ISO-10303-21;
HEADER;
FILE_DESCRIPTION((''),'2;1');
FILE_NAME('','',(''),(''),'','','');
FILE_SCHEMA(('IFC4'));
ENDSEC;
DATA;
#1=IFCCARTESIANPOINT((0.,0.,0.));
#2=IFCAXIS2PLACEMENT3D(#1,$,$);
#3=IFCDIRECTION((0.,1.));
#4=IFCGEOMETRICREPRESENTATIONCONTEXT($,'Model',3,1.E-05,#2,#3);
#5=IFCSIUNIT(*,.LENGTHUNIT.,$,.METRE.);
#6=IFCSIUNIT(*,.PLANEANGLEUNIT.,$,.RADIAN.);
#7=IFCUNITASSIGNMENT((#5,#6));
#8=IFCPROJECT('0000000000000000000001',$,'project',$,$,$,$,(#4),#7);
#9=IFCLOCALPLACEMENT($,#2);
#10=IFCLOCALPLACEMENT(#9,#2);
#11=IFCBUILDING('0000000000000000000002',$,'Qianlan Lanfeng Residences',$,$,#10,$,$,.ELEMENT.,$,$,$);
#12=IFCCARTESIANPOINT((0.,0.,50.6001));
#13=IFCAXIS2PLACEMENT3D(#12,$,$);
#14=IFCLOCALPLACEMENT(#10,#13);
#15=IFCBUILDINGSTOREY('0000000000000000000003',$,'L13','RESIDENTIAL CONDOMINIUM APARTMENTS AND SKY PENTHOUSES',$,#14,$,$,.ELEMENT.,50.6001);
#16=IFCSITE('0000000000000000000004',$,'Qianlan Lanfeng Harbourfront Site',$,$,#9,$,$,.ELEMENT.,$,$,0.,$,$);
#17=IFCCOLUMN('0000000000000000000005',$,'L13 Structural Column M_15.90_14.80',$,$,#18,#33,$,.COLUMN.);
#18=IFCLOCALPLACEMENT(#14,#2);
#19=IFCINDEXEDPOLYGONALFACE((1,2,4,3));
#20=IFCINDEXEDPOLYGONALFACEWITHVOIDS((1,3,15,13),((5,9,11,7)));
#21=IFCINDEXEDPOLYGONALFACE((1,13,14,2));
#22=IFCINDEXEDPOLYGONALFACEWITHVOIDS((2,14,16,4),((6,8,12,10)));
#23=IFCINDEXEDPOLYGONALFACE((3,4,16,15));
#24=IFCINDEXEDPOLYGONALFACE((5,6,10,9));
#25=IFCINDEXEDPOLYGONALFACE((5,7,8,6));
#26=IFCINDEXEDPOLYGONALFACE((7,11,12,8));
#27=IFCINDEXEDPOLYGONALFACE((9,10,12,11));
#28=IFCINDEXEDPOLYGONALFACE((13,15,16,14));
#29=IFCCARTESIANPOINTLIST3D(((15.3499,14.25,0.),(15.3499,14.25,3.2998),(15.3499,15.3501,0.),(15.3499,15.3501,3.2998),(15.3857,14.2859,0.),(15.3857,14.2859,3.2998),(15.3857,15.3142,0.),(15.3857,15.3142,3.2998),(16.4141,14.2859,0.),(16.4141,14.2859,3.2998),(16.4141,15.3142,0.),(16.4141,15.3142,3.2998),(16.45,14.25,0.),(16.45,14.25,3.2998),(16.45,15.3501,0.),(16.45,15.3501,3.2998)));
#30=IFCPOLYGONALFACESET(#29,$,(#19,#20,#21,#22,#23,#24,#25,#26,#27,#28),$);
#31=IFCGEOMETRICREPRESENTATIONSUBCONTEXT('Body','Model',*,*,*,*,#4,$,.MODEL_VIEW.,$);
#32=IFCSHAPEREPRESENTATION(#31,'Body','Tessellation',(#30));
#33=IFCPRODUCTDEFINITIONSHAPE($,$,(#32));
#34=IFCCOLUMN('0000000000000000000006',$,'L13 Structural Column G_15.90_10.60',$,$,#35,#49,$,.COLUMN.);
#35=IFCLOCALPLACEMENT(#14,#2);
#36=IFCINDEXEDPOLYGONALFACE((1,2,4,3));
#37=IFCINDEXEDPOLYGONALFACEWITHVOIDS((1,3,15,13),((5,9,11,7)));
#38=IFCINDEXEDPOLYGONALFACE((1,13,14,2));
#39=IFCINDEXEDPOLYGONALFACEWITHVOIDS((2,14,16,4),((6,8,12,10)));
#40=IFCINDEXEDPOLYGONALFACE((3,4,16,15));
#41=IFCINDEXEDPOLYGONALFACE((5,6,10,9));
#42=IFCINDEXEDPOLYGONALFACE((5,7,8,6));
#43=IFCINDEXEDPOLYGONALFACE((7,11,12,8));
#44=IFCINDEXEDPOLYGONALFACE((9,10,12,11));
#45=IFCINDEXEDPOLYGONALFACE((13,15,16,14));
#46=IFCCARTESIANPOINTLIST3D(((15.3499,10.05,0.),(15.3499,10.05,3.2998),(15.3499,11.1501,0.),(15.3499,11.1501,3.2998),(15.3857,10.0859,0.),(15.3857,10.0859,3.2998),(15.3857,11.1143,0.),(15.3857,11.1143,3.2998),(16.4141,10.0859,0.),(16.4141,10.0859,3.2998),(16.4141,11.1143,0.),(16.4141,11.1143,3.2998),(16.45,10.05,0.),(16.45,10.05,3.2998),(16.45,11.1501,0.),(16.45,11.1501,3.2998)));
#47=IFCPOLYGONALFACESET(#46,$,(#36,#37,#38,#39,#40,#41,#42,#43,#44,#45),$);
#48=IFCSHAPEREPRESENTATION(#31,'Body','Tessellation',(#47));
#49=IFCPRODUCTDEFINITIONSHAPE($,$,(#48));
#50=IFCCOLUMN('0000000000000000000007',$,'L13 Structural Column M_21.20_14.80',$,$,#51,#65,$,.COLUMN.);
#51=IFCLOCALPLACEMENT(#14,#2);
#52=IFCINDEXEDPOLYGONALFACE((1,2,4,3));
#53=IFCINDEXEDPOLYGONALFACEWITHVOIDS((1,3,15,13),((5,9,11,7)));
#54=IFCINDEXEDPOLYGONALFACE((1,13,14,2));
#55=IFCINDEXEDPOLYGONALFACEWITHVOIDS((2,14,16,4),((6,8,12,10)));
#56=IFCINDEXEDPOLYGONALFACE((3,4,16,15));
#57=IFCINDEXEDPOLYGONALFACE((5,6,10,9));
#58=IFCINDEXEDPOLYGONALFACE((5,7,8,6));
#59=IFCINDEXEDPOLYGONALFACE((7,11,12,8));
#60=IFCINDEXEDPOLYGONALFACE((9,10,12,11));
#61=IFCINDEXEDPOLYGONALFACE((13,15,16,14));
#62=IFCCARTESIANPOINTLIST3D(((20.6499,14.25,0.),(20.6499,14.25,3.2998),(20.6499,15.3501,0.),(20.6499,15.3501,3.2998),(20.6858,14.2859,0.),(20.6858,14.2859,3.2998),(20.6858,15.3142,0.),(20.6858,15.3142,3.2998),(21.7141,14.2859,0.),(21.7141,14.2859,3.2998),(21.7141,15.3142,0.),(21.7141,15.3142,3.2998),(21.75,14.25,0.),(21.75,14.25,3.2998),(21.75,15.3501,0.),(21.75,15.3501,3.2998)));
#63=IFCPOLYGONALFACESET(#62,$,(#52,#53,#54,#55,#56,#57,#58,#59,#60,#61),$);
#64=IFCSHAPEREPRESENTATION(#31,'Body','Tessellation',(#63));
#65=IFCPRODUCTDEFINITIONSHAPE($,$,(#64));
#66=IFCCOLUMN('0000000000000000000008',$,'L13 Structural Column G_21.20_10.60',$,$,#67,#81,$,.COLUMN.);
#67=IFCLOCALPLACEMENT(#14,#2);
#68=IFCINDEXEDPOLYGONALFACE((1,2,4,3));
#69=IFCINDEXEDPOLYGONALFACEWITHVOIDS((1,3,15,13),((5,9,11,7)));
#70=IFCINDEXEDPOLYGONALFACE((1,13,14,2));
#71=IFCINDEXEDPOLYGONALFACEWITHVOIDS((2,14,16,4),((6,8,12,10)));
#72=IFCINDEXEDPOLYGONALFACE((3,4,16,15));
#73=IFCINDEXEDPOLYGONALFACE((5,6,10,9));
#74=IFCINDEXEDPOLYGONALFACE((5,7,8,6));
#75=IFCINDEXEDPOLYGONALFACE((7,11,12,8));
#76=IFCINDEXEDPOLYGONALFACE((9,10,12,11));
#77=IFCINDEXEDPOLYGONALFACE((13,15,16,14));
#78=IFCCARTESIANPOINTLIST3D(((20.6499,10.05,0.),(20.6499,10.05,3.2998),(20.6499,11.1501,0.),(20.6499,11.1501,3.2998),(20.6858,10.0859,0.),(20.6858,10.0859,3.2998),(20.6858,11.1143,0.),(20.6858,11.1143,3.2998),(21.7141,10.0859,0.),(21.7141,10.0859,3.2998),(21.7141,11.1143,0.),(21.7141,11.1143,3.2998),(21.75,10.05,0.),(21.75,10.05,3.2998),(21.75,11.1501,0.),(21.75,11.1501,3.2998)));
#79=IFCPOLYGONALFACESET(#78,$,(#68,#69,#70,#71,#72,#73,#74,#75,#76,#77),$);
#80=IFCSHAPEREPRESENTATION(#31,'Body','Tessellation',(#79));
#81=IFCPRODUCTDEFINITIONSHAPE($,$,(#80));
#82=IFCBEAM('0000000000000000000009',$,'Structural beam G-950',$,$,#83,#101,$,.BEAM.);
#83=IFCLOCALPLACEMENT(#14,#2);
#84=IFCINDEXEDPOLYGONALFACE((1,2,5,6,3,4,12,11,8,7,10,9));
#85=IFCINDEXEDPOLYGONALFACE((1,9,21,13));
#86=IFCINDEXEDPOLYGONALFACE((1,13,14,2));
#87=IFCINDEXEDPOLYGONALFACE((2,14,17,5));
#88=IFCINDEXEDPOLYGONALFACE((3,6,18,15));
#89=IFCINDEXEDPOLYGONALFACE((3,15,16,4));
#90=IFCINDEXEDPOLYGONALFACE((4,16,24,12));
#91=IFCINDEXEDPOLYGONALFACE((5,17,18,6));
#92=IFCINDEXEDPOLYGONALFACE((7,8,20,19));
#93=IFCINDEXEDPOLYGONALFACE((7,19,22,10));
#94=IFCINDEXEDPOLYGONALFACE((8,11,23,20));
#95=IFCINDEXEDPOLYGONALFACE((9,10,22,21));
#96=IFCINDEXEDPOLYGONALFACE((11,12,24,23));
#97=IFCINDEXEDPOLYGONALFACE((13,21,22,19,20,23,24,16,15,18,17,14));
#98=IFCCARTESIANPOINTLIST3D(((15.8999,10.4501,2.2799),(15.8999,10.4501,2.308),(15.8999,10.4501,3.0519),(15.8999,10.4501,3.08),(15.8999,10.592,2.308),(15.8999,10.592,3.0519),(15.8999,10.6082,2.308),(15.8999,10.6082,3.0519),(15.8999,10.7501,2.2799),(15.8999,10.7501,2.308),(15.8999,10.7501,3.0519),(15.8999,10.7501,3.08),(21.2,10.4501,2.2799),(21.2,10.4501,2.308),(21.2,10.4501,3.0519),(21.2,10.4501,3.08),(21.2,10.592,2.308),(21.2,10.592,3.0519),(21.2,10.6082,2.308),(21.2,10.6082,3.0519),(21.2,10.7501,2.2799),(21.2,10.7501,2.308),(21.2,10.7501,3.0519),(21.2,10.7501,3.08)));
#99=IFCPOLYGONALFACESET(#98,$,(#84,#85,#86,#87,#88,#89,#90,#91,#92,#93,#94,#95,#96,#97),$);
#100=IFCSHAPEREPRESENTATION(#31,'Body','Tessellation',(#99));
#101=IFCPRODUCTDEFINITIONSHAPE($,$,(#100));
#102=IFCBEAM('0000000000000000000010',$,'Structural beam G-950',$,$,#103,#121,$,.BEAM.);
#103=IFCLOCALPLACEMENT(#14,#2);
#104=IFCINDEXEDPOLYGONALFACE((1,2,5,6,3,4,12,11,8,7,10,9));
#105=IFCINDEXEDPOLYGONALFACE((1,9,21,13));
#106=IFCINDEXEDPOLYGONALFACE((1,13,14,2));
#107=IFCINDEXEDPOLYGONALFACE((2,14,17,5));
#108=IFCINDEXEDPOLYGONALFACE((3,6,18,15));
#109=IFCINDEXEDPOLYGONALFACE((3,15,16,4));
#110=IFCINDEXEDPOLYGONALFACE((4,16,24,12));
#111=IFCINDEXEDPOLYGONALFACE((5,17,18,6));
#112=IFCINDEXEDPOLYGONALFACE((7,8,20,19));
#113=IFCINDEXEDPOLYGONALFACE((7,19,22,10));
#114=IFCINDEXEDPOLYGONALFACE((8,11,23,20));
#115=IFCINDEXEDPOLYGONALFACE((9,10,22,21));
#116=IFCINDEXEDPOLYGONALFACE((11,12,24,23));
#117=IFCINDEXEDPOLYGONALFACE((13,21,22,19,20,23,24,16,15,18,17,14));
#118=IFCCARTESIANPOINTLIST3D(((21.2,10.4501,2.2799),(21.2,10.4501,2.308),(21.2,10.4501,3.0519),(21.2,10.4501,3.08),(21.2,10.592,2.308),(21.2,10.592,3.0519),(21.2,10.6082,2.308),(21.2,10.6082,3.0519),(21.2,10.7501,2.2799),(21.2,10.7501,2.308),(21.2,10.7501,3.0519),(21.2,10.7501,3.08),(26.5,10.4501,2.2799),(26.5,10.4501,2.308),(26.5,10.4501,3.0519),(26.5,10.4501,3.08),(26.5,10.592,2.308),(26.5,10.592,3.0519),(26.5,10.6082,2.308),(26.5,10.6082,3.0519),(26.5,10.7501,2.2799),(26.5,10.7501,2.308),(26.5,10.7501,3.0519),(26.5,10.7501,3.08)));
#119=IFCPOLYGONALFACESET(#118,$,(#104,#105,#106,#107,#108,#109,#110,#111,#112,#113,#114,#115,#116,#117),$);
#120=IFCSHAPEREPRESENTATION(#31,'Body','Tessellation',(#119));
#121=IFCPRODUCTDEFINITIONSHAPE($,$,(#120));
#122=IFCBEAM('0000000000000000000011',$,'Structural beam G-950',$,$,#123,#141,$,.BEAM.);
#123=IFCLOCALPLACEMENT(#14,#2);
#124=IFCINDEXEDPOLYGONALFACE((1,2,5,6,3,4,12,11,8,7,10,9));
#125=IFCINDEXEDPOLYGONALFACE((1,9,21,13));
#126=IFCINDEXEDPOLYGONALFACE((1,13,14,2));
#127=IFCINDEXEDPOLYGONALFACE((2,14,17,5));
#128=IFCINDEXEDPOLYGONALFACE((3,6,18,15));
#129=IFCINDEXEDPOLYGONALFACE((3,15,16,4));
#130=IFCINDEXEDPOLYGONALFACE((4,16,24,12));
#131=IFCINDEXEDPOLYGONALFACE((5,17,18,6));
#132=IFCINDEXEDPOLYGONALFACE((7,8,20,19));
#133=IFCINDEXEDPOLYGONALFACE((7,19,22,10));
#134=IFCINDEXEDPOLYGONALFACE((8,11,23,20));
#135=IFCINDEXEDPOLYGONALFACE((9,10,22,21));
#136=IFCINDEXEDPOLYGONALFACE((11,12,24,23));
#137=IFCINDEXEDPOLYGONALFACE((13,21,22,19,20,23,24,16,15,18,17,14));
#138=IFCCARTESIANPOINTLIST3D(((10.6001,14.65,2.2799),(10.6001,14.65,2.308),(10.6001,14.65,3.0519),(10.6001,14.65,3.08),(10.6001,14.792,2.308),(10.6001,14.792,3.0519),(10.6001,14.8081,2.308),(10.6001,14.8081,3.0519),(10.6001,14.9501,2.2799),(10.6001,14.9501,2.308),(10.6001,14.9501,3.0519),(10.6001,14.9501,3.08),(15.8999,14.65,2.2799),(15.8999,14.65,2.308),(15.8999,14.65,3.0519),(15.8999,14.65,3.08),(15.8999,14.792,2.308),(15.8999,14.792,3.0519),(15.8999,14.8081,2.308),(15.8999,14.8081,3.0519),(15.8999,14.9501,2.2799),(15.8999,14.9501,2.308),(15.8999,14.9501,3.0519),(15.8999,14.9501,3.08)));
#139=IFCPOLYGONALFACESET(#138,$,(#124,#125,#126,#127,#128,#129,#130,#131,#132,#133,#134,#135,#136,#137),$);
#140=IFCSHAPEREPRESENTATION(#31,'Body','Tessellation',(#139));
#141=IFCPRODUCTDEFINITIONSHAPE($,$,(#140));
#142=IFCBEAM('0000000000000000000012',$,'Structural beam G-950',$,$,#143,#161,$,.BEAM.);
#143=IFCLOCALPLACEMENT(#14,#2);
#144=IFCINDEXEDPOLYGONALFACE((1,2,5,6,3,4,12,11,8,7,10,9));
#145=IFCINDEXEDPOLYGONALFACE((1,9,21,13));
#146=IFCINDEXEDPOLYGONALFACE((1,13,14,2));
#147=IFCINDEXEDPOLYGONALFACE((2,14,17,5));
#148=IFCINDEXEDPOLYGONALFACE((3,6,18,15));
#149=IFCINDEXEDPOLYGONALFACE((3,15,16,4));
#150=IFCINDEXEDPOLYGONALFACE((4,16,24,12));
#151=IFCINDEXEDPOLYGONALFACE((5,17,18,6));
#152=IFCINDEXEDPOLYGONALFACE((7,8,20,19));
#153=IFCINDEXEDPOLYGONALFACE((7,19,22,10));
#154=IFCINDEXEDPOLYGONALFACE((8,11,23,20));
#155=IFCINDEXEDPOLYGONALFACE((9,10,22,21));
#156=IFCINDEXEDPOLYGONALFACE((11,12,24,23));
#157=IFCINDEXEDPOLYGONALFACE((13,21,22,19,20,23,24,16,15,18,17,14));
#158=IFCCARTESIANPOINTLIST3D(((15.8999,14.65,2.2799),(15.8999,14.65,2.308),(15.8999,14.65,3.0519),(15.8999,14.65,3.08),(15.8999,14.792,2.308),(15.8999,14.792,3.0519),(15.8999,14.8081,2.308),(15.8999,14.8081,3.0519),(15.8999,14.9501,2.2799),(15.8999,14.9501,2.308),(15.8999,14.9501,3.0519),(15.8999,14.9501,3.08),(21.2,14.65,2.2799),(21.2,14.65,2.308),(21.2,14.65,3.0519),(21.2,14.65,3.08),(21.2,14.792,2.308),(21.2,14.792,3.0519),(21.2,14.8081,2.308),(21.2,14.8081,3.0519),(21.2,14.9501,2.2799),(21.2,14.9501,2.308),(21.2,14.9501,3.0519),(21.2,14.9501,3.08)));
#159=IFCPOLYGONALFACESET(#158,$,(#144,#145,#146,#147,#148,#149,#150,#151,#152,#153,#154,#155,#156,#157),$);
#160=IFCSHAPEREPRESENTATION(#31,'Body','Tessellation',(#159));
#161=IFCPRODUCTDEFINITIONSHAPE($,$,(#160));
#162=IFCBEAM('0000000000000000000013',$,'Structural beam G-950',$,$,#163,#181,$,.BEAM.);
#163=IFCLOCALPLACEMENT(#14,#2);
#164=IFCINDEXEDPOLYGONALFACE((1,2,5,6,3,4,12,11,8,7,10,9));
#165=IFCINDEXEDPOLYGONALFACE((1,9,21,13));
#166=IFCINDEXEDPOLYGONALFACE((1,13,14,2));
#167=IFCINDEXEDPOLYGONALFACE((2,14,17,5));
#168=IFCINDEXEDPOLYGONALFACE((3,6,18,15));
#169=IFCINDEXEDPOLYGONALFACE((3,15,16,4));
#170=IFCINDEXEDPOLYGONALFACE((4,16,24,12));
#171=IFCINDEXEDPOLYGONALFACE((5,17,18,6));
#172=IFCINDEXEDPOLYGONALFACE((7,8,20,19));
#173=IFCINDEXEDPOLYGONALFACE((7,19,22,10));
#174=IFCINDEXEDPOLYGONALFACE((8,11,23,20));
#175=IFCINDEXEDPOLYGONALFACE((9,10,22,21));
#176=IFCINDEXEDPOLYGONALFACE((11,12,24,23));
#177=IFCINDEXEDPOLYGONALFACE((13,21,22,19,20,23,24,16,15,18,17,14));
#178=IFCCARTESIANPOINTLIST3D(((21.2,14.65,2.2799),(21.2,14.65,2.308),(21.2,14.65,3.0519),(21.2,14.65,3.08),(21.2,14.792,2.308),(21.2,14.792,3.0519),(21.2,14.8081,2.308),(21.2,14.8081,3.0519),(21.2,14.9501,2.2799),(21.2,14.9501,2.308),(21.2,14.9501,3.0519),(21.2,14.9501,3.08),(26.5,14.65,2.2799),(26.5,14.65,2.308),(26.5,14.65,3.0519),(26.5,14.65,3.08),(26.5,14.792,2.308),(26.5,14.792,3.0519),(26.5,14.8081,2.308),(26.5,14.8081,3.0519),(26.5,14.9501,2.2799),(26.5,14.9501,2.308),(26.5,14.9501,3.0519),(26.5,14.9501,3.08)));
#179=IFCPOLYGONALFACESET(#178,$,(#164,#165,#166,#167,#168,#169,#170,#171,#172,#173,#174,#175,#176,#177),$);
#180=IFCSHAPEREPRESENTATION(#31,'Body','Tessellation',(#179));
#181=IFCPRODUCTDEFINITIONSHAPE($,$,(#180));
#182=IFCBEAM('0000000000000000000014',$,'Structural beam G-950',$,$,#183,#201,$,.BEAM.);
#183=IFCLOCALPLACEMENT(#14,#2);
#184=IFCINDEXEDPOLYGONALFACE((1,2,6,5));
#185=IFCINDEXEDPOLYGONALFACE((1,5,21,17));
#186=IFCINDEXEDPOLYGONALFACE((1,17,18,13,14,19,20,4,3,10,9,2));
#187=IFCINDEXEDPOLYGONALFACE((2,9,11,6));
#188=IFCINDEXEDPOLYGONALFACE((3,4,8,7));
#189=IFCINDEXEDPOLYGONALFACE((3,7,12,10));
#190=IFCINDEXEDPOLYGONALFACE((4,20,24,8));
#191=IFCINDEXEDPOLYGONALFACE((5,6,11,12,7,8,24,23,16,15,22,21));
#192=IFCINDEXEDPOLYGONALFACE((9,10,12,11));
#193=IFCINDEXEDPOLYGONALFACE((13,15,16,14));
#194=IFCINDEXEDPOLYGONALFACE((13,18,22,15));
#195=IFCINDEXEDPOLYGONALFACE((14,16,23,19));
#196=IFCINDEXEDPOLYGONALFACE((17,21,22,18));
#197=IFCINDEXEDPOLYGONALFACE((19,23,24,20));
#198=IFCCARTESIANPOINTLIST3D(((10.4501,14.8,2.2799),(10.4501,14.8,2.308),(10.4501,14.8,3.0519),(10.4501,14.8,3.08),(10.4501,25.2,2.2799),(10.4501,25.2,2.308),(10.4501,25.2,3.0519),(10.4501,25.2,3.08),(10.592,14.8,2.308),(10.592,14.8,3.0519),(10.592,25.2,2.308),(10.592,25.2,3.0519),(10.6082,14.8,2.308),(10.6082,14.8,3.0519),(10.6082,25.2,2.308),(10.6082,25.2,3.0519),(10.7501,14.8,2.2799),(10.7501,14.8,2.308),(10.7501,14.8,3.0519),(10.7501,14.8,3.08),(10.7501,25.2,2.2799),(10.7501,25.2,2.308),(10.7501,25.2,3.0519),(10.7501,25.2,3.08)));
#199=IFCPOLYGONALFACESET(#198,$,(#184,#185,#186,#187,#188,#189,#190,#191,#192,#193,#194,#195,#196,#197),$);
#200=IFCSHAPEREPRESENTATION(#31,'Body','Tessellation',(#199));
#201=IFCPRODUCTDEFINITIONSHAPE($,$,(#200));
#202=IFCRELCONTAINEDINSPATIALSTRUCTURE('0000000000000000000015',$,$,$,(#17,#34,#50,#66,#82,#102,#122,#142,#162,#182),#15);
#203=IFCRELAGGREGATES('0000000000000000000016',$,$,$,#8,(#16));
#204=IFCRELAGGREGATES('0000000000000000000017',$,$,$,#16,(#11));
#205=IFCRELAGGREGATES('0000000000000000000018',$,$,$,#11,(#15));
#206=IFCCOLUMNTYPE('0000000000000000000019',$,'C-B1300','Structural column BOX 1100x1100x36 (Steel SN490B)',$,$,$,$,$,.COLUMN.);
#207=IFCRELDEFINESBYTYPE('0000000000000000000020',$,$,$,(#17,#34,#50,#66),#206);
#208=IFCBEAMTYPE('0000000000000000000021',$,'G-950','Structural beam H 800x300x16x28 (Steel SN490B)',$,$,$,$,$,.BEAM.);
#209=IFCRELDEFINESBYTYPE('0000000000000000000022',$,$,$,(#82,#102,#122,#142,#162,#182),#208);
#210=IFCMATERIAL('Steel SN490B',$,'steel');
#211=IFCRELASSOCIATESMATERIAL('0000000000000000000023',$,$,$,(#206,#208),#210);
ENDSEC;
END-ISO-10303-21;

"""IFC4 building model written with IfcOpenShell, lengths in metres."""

from ifc_helpers import new_model, si_unit, direction, frame, origin, origin_2d, place, context, subcontext, project, spatial, hollow_rectangle, i_section, extrude, material, material_profile, profile_set, type_object, element, save


model = new_model("IFC4")

# Units and contexts
model_context = context("Model", 3, precision=1e-05, world=origin(), true_north=direction((0.0, 1.0)))
body_context = subcontext(model_context, "Body", "Model", "MODEL_VIEW")
ifc_project = project(units=[si_unit("LENGTHUNIT", "METRE"), si_unit("PLANEANGLEUNIT", "RADIAN")], contexts=[model_context])

# Site, building, storey
site_placement = place(None, origin())
site = spatial("IfcSite", under=ifc_project, at=site_placement, Name="Qianlan Lanfeng Harbourfront Site", CompositionType="ELEMENT", RefElevation=0.0)
building_placement = place(site_placement, origin())
building = spatial("IfcBuilding", under=site, at=building_placement, Name="Qianlan Lanfeng Residences", CompositionType="ELEMENT")
storey_placement = place(building_placement, frame((0.0, 0.0, 50.6001)))
storey = spatial("IfcBuildingStorey", under=building, at=storey_placement, Name="L13", Description="RESIDENTIAL CONDOMINIUM APARTMENTS AND SKY PENTHOUSES", CompositionType="ELEMENT", Elevation=50.6001)

# Columns
ifc_material_1 = material(Name="Steel SN490B", Category="steel")
ifc_material_profile_1 = material_profile(ifc_material_1, hollow_rectangle(XDim=1.1001, YDim=1.1001, WallThickness=0.0359, at=origin_2d()), Name="BOX 1100x1100x36")
ifc_profile_set_1 = profile_set([ifc_material_profile_1], Name="Steel SN490B")
column_type = type_object("IfcColumnType", Name="C-B1300", Description="Structural column BOX 1100x1100x36 (Steel SN490B)", PredefinedType="COLUMN", material=ifc_profile_set_1)
for number, where, z_axis, x_axis, name in (
    (1, (15.8999, 14.8, 0.0), (0.0, 0.0, 1.0), (1.0, 0.0, 0.0), "L13 Structural Column M_15.90_14.80"),
    (2, (15.8999, 10.6001, 0.0), (0.0, 0.0, 1.0), (1.0, 0.0, 0.0), "L13 Structural Column G_15.90_10.60"),
    (3, (21.2, 14.8, 0.0), (0.0, 0.0, 1.0), (1.0, 0.0, 0.0), "L13 Structural Column M_21.20_14.80"),
    (4, (21.2, 10.6001, 0.0), (0.0, 0.0, 1.0), (1.0, 0.0, 0.0), "L13 Structural Column G_21.20_10.60"),
):
    element("IfcColumn", number, at=place(storey_placement, frame(where, z_axis=z_axis, x_axis=x_axis)), inside=storey, type_object=column_type, Name=name, PredefinedType="COLUMN", context=body_context, shape_type="SweptSolid", body=[
        extrude(hollow_rectangle(XDim=1.1001, YDim=1.1001, WallThickness=0.0359, at=origin_2d()), origin(), (0.0, 0.0, 1.0), 3.2998),
    ])

# Beams
ifc_material_profile_2 = material_profile(ifc_material_1, i_section(OverallWidth=0.3, OverallDepth=0.8, WebThickness=0.0161, FlangeThickness=0.0281, at=origin_2d()), Name="H 800x300x16x28")
ifc_profile_set_2 = profile_set([ifc_material_profile_2], Name="Steel SN490B")
beam_type_1 = type_object("IfcBeamType", Name="G-950", Description="Structural beam H 800x300x16x28 (Steel SN490B)", PredefinedType="BEAM", material=ifc_profile_set_2)
for number, where, z_axis, x_axis, name in (
    (5, (15.8999, 10.6001, 2.6799), (1.0, 0.0, 0.0), (0.0, 1.0, 0.0), "Structural beam G-950"),
    (6, (21.2, 10.6001, 2.6799), (1.0, 0.0, 0.0), (0.0, 1.0, 0.0), "Structural beam G-950"),
):
    element("IfcBeam", number, at=place(storey_placement, frame(where, z_axis=z_axis, x_axis=x_axis)), inside=storey, type_object=beam_type_1, Name=name, PredefinedType="BEAM", context=body_context, shape_type="SweptSolid", body=[
        extrude(i_section(OverallWidth=0.3, OverallDepth=0.8, WebThickness=0.0161, FlangeThickness=0.0281, at=origin_2d()), origin(), (0.0, 0.0, 1.0), 5.3),
    ])
beam_1_placement = place(storey_placement, frame((10.6001, 14.8, 2.6799), z_axis=(1.0, 0.0, 0.0), x_axis=(0.0, 1.0, 0.0)))
element("IfcBeam", 7, at=beam_1_placement, inside=storey, type_object=beam_type_1, Name="Structural beam G-950", PredefinedType="BEAM", context=body_context, shape_type="SweptSolid", body=[
    extrude(i_section(OverallWidth=0.3, OverallDepth=0.8, WebThickness=0.0161, FlangeThickness=0.0281, at=origin_2d()), origin(), (0.0, 0.0, 1.0), 5.2998),
])
for number, where, z_axis, x_axis, name in (
    (8, (15.8999, 14.8, 2.6799), (1.0, 0.0, 0.0), (0.0, 1.0, 0.0), "Structural beam G-950"),
    (9, (21.2, 14.8, 2.6799), (1.0, 0.0, 0.0), (0.0, 1.0, 0.0), "Structural beam G-950"),
):
    element("IfcBeam", number, at=place(storey_placement, frame(where, z_axis=z_axis, x_axis=x_axis)), inside=storey, type_object=beam_type_1, Name=name, PredefinedType="BEAM", context=body_context, shape_type="SweptSolid", body=[
        extrude(i_section(OverallWidth=0.3, OverallDepth=0.8, WebThickness=0.0161, FlangeThickness=0.0281, at=origin_2d()), origin(), (0.0, 0.0, 1.0), 5.3),
    ])
beam_2_placement = place(storey_placement, frame((10.6001, 14.8, 2.6799), z_axis=(0.0, 1.0, 0.0), x_axis=(-1.0, 0.0, 0.0)))
element("IfcBeam", 10, at=beam_2_placement, inside=storey, type_object=beam_type_1, Name="Structural beam G-950", PredefinedType="BEAM", context=body_context, shape_type="SweptSolid", body=[
    extrude(i_section(OverallWidth=0.3, OverallDepth=0.8, WebThickness=0.0161, FlangeThickness=0.0281, at=origin_2d()), origin(), (0.0, 0.0, 1.0), 10.3999),
])

save(model, "model.ifc")
